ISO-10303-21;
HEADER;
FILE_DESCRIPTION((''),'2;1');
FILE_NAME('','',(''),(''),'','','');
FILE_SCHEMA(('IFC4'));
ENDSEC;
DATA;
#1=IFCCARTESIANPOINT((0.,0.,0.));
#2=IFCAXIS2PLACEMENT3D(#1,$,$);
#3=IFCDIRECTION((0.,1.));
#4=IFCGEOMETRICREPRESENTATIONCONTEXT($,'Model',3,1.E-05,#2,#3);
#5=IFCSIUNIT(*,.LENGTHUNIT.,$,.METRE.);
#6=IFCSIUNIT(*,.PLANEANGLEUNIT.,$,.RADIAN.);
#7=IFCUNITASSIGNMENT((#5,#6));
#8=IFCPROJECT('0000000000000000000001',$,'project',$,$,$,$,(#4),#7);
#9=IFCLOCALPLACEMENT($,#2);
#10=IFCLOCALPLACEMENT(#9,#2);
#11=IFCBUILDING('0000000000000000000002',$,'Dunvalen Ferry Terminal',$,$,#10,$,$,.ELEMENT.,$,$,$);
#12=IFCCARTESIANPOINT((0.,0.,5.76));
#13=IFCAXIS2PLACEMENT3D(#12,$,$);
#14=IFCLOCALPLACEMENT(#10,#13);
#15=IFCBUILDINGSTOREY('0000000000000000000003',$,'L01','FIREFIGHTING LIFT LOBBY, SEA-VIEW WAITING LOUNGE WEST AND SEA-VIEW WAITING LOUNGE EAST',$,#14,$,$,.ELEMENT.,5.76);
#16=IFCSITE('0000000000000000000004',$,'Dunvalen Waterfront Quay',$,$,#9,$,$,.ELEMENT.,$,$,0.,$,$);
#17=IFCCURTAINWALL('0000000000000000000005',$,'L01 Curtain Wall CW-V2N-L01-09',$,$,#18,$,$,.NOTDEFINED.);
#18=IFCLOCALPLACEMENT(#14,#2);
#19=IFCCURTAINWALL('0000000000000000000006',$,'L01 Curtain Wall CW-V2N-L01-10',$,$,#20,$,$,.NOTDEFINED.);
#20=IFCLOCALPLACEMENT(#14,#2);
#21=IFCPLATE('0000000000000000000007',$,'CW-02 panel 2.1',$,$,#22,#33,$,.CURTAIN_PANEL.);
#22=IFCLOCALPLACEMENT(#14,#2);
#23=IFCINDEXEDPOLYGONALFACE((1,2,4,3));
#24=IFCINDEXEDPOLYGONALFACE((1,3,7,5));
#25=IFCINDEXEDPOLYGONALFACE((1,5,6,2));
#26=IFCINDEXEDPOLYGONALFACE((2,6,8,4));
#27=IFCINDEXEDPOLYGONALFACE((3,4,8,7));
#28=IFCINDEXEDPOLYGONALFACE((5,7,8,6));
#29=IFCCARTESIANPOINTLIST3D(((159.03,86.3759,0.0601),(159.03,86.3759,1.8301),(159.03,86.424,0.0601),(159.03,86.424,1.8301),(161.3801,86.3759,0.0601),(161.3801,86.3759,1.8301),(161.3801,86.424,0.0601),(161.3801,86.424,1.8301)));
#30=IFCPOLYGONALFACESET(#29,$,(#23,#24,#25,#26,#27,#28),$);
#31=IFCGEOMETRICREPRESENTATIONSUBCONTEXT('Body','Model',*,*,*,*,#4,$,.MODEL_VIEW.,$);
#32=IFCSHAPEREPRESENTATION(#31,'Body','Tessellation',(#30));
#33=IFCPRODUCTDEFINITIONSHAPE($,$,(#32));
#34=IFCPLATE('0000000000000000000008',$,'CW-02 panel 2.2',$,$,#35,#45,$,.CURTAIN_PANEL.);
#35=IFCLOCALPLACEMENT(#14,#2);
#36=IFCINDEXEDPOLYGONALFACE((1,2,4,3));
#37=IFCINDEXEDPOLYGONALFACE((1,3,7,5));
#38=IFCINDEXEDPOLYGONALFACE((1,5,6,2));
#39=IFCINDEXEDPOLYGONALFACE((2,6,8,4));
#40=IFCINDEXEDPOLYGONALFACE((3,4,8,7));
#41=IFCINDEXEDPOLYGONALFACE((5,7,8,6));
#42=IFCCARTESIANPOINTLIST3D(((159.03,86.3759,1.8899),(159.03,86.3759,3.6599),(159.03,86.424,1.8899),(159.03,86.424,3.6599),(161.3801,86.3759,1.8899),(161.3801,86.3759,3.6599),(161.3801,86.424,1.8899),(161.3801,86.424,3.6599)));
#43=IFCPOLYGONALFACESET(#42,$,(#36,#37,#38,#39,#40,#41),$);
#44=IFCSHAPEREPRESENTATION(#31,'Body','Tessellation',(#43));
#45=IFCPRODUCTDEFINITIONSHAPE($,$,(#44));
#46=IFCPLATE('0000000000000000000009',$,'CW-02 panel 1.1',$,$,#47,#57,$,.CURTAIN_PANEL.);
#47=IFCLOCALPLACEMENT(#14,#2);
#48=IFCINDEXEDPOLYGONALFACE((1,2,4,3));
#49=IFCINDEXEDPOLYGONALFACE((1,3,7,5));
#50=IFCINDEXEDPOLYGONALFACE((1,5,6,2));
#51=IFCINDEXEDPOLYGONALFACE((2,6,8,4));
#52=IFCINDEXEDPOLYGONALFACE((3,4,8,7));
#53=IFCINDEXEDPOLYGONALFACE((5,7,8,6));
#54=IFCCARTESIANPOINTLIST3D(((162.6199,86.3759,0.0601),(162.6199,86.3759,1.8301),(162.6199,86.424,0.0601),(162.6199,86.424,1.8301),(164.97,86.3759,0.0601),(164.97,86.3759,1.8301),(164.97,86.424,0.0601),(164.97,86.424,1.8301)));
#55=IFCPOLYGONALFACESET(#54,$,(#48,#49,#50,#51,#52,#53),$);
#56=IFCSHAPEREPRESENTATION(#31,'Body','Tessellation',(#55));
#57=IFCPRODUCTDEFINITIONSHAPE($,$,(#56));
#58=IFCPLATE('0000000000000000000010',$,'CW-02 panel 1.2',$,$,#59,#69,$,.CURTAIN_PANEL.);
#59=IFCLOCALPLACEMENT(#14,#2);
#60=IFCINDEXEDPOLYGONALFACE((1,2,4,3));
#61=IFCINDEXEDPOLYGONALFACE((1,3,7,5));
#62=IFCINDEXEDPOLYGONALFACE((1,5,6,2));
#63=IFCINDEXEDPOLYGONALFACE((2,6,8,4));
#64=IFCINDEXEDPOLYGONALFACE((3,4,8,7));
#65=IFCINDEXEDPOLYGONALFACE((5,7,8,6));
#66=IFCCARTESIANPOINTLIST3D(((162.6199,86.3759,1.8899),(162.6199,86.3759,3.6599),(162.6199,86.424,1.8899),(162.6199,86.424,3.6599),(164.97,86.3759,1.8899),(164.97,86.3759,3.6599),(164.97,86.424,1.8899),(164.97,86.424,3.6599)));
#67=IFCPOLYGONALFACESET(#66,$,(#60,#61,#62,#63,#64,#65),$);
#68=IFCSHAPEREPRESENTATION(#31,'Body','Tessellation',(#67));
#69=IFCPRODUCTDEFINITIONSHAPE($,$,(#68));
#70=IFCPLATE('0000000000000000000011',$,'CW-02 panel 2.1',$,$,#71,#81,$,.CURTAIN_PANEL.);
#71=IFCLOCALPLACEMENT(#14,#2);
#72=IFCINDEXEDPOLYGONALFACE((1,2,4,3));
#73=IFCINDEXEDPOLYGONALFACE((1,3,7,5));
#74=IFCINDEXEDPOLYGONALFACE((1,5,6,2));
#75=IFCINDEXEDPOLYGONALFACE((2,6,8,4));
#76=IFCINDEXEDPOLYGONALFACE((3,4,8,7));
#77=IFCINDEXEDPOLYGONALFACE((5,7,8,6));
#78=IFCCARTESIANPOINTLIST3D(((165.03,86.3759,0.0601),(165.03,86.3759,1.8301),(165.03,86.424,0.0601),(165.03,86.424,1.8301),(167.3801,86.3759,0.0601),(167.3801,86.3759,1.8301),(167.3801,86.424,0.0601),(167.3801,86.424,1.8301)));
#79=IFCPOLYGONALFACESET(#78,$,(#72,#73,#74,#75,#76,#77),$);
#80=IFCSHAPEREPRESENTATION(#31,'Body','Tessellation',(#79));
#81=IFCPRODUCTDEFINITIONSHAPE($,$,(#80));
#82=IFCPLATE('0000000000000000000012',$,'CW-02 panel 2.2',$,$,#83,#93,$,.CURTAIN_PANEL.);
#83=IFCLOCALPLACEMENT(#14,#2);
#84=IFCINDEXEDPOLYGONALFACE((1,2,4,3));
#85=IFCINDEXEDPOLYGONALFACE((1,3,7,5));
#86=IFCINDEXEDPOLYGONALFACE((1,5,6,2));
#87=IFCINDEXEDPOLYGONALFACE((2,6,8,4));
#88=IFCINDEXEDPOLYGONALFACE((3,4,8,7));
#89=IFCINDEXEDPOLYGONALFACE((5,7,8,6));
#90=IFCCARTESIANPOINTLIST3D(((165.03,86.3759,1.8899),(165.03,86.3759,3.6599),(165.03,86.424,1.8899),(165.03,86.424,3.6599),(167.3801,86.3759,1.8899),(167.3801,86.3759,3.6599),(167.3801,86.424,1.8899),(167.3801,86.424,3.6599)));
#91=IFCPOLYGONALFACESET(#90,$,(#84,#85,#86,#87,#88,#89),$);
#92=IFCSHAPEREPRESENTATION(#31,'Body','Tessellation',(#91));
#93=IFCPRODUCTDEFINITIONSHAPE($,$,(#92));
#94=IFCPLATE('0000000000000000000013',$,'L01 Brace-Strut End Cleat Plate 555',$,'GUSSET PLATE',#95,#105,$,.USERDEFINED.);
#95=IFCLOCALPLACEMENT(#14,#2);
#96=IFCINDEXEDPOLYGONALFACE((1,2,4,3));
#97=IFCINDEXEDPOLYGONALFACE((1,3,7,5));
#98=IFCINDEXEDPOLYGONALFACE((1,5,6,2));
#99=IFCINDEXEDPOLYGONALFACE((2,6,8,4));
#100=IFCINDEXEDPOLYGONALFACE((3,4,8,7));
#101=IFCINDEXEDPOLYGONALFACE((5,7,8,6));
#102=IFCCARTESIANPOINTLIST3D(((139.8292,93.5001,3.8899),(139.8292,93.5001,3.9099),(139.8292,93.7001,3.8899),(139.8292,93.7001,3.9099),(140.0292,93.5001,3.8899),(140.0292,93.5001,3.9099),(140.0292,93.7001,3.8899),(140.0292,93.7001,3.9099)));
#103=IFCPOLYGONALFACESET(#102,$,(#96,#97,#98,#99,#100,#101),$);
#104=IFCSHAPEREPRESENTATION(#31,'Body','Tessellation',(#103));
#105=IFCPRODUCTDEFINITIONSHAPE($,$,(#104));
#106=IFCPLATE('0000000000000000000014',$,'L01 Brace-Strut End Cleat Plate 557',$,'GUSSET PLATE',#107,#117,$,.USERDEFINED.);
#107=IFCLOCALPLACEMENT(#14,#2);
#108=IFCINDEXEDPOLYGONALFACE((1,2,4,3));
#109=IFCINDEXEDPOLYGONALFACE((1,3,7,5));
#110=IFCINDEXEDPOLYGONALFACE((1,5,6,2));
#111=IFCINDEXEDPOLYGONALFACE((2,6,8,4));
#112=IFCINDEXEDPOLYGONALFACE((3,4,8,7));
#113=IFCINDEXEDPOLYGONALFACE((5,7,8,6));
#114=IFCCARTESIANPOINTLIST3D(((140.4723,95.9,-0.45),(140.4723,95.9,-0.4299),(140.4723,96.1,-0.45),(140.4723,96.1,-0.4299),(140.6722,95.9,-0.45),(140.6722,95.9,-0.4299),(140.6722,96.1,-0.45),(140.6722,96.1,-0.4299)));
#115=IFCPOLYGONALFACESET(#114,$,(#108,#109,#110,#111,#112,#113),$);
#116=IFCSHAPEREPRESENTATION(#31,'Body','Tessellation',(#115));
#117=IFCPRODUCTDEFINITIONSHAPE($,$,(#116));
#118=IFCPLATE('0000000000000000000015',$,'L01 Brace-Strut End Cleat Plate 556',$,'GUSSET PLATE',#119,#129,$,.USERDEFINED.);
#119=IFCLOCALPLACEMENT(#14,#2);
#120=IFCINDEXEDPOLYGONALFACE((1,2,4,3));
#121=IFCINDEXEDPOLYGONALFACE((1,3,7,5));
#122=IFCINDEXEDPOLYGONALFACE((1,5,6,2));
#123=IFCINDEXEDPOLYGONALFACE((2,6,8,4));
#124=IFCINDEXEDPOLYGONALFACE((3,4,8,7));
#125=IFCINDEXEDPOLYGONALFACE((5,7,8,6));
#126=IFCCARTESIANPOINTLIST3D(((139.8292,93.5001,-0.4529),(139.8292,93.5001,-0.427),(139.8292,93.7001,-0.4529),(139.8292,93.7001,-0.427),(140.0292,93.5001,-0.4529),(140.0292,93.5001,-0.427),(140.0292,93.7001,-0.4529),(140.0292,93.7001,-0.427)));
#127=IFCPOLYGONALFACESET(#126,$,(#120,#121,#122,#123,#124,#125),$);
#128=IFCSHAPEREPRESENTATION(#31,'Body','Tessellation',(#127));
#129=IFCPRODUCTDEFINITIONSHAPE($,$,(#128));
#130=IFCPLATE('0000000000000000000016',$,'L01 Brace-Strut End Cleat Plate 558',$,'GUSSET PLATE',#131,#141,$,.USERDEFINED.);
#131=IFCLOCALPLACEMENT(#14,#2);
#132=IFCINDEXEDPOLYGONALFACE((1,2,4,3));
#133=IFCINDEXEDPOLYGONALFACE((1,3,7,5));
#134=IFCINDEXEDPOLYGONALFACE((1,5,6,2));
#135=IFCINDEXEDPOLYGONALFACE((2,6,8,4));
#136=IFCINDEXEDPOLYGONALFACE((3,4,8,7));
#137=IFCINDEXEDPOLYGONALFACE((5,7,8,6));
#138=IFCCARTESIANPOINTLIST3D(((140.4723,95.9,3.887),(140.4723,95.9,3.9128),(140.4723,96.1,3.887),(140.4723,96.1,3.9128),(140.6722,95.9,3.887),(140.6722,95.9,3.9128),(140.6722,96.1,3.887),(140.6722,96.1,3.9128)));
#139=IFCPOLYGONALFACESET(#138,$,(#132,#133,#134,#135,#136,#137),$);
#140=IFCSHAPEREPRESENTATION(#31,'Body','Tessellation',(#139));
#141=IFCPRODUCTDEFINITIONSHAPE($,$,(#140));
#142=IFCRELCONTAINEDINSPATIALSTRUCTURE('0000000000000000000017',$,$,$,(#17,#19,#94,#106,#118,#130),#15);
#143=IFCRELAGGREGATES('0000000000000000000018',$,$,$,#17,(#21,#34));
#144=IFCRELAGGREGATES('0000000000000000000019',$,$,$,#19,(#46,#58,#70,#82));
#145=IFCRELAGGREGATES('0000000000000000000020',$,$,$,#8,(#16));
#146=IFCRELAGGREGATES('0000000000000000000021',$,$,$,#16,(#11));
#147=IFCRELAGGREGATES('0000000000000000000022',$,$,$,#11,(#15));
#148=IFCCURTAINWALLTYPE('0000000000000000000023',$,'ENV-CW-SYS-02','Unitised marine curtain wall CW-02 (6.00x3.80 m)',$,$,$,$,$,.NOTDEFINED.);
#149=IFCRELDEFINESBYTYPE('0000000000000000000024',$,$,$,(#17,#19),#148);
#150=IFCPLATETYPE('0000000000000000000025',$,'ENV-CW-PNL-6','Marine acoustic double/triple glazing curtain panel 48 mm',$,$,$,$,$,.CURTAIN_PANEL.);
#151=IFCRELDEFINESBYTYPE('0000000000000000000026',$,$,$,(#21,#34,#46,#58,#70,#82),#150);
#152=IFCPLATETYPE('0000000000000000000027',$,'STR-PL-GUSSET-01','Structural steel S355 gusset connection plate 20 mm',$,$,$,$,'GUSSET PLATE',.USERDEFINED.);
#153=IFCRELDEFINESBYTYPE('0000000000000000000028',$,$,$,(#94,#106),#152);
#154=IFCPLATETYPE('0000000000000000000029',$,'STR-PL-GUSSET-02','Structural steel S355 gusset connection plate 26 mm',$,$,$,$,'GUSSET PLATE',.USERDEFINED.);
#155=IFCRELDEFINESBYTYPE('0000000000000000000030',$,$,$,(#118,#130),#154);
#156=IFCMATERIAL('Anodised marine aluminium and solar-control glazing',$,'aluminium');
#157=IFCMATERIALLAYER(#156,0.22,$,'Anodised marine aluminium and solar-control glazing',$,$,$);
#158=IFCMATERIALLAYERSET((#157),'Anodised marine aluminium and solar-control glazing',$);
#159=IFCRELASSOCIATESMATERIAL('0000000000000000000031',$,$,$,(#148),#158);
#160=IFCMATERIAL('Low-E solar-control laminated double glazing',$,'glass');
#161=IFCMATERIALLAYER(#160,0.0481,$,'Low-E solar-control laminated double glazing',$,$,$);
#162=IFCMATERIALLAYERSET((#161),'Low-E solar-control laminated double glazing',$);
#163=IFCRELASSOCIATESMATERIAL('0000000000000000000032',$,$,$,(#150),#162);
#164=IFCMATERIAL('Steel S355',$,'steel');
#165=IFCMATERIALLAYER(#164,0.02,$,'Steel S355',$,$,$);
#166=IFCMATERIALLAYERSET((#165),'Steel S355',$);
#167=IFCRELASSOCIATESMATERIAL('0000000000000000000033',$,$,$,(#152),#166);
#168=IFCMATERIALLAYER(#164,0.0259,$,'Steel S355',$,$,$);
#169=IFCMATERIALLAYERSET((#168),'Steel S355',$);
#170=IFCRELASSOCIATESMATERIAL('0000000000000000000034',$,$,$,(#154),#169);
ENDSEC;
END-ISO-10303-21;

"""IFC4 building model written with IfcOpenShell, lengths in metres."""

from ifc_helpers import new_model, si_unit, direction, frame, origin, origin_2d, place, context, subcontext, project, spatial, rectangle, extrude, material, layer, layer_set, type_object, element, aggregate, save


model = new_model("IFC4")

# Units and contexts
model_context = context("Model", 3, precision=1e-05, world=origin(), true_north=direction((0.0, 1.0)))
body_context = subcontext(model_context, "Body", "Model", "MODEL_VIEW")
ifc_project = project(units=[si_unit("LENGTHUNIT", "METRE"), si_unit("PLANEANGLEUNIT", "RADIAN")], contexts=[model_context])

# Site, building, storey
site_placement = place(None, origin())
site = spatial("IfcSite", under=ifc_project, at=site_placement, Name="Dunvalen Waterfront Quay", CompositionType="ELEMENT", RefElevation=0.0)
building_placement = place(site_placement, origin())
building = spatial("IfcBuilding", under=site, at=building_placement, Name="Dunvalen Ferry Terminal", CompositionType="ELEMENT")
storey_placement = place(building_placement, frame((0.0, 0.0, 5.76)))
storey = spatial("IfcBuildingStorey", under=building, at=storey_placement, Name="L01", Description="FIREFIGHTING LIFT LOBBY, SEA-VIEW WAITING LOUNGE WEST AND SEA-VIEW WAITING LOUNGE EAST", CompositionType="ELEMENT", Elevation=5.76)

# Curtain wall
ifc_material_1 = material(Name="Anodised marine aluminium and solar-control glazing", Category="aluminium")
ifc_layer_1 = layer(ifc_material_1, 0.22, Name="Anodised marine aluminium and solar-control glazing")
ifc_layer_set_1 = layer_set([ifc_layer_1], Name="Anodised marine aluminium and solar-control glazing")
curtain_wall_type_1 = type_object("IfcCurtainWallType", Name="ENV-CW-SYS-02", Description="Unitised marine curtain wall CW-02 (6.00x3.80 m)", PredefinedType="NOTDEFINED", material=ifc_layer_set_1)
curtain_wall_1_placement = place(storey_placement, origin())
curtain_wall_1 = element("IfcCurtainWall", 1, at=curtain_wall_1_placement, inside=storey, type_object=curtain_wall_type_1, Name="L01 Curtain Wall CW-V2N-L01-09", PredefinedType="NOTDEFINED")

# Curtain wall
curtain_wall_2_placement = place(storey_placement, origin())
curtain_wall_2 = element("IfcCurtainWall", 2, at=curtain_wall_2_placement, inside=storey, type_object=curtain_wall_type_1, Name="L01 Curtain Wall CW-V2N-L01-10", PredefinedType="NOTDEFINED")

# Shared definitions
ifc_material_2 = material(Name="Steel S355", Category="steel")

# Plates
ifc_material_3 = material(Name="Low-E solar-control laminated double glazing", Category="glass")
ifc_layer_2 = layer(ifc_material_3, 0.0481, Name="Low-E solar-control laminated double glazing")
ifc_layer_set_2 = layer_set([ifc_layer_2], Name="Low-E solar-control laminated double glazing")
plate_type_1 = type_object("IfcPlateType", Name="ENV-CW-PNL-6", Description="Marine acoustic double/triple glazing curtain panel 48 mm", PredefinedType="CURTAIN_PANEL", material=ifc_layer_set_2)
plate_1_placement = place(storey_placement, frame((160.2051, 86.3999, 0.0601), z_axis=(0.0, 0.0, 1.0), x_axis=(1.0, 0.0, 0.0)))
plate_1 = element("IfcPlate", 3, at=plate_1_placement, type_object=plate_type_1, Name="CW-02 panel 2.1", PredefinedType="CURTAIN_PANEL", context=body_context, shape_type="SweptSolid", body=[
    extrude(rectangle(XDim=2.3501, YDim=0.0481, at=origin_2d()), origin(), (0.0, 0.0, 1.0), 1.77),
])
plate_2_placement = place(storey_placement, frame((160.2051, 86.3999, 1.8899), z_axis=(0.0, 0.0, 1.0), x_axis=(1.0, 0.0, 0.0)))
plate_2 = element("IfcPlate", 4, at=plate_2_placement, type_object=plate_type_1, Name="CW-02 panel 2.2", PredefinedType="CURTAIN_PANEL", context=body_context, shape_type="SweptSolid", body=[
    extrude(rectangle(XDim=2.3501, YDim=0.0481, at=origin_2d()), origin(), (0.0, 0.0, 1.0), 1.77),
])
aggregate(curtain_wall_1, [plate_1, plate_2])
plate_3_placement = place(storey_placement, frame((163.7949, 86.3999, 0.0601), z_axis=(0.0, 0.0, 1.0), x_axis=(1.0, 0.0, 0.0)))
plate_3 = element("IfcPlate", 5, at=plate_3_placement, type_object=plate_type_1, Name="CW-02 panel 1.1", PredefinedType="CURTAIN_PANEL", context=body_context, shape_type="SweptSolid", body=[
    extrude(rectangle(XDim=2.3501, YDim=0.0481, at=origin_2d()), origin(), (0.0, 0.0, 1.0), 1.77),
])
plate_4_placement = place(storey_placement, frame((163.7949, 86.3999, 1.8899), z_axis=(0.0, 0.0, 1.0), x_axis=(1.0, 0.0, 0.0)))
plate_4 = element("IfcPlate", 6, at=plate_4_placement, type_object=plate_type_1, Name="CW-02 panel 1.2", PredefinedType="CURTAIN_PANEL", context=body_context, shape_type="SweptSolid", body=[
    extrude(rectangle(XDim=2.3501, YDim=0.0481, at=origin_2d()), origin(), (0.0, 0.0, 1.0), 1.77),
])
plate_5_placement = place(storey_placement, frame((166.2051, 86.3999, 0.0601), z_axis=(0.0, 0.0, 1.0), x_axis=(1.0, 0.0, 0.0)))
plate_5 = element("IfcPlate", 7, at=plate_5_placement, type_object=plate_type_1, Name="CW-02 panel 2.1", PredefinedType="CURTAIN_PANEL", context=body_context, shape_type="SweptSolid", body=[
    extrude(rectangle(XDim=2.3501, YDim=0.0481, at=origin_2d()), origin(), (0.0, 0.0, 1.0), 1.77),
])
plate_6_placement = place(storey_placement, frame((166.2051, 86.3999, 1.8899), z_axis=(0.0, 0.0, 1.0), x_axis=(1.0, 0.0, 0.0)))
plate_6 = element("IfcPlate", 8, at=plate_6_placement, type_object=plate_type_1, Name="CW-02 panel 2.2", PredefinedType="CURTAIN_PANEL", context=body_context, shape_type="SweptSolid", body=[
    extrude(rectangle(XDim=2.3501, YDim=0.0481, at=origin_2d()), origin(), (0.0, 0.0, 1.0), 1.77),
])
aggregate(curtain_wall_2, [plate_3, plate_4, plate_5, plate_6])

# Plates
ifc_layer_3 = layer(ifc_material_2, 0.02, Name="Steel S355")
ifc_layer_set_3 = layer_set([ifc_layer_3], Name="Steel S355")
plate_type_2 = type_object("IfcPlateType", Name="STR-PL-GUSSET-01", Description="Structural steel S355 gusset connection plate 20 mm", ElementType="GUSSET PLATE", PredefinedType="USERDEFINED", material=ifc_layer_set_3)
for number, where, z_axis, x_axis, name in (
    (9, (139.9292, 93.6001, 3.8899), (0.0, 0.0, 1.0), (1.0, 0.0, 0.0), "L01 Brace-Strut End Cleat Plate 555"),
    (10, (140.5723, 96.0, -0.45), (0.0, 0.0, 1.0), (1.0, 0.0, 0.0), "L01 Brace-Strut End Cleat Plate 557"),
):
    element("IfcPlate", number, at=place(storey_placement, frame(where, z_axis=z_axis, x_axis=x_axis)), inside=storey, type_object=plate_type_2, Name=name, ObjectType="GUSSET PLATE", PredefinedType="USERDEFINED", context=body_context, shape_type="SweptSolid", body=[
        extrude(rectangle(XDim=0.2, YDim=0.2, at=origin_2d()), origin(), (0.0, 0.0, 1.0), 0.02),
    ])
ifc_layer_4 = layer(ifc_material_2, 0.0259, Name="Steel S355")
ifc_layer_set_4 = layer_set([ifc_layer_4], Name="Steel S355")
plate_type_3 = type_object("IfcPlateType", Name="STR-PL-GUSSET-02", Description="Structural steel S355 gusset connection plate 26 mm", ElementType="GUSSET PLATE", PredefinedType="USERDEFINED", material=ifc_layer_set_4)
for number, where, z_axis, x_axis, name in (
    (11, (139.9292, 93.6001, -0.4529), (0.0, 0.0, 1.0), (1.0, 0.0, 0.0), "L01 Brace-Strut End Cleat Plate 556"),
    (12, (140.5723, 96.0, 3.887), (0.0, 0.0, 1.0), (1.0, 0.0, 0.0), "L01 Brace-Strut End Cleat Plate 558"),
):
    element("IfcPlate", number, at=place(storey_placement, frame(where, z_axis=z_axis, x_axis=x_axis)), inside=storey, type_object=plate_type_3, Name=name, ObjectType="GUSSET PLATE", PredefinedType="USERDEFINED", context=body_context, shape_type="SweptSolid", body=[
        extrude(rectangle(XDim=0.2, YDim=0.2, at=origin_2d()), origin(), (0.0, 0.0, 1.0), 0.0259),
    ])

save(model, "model.ifc")
